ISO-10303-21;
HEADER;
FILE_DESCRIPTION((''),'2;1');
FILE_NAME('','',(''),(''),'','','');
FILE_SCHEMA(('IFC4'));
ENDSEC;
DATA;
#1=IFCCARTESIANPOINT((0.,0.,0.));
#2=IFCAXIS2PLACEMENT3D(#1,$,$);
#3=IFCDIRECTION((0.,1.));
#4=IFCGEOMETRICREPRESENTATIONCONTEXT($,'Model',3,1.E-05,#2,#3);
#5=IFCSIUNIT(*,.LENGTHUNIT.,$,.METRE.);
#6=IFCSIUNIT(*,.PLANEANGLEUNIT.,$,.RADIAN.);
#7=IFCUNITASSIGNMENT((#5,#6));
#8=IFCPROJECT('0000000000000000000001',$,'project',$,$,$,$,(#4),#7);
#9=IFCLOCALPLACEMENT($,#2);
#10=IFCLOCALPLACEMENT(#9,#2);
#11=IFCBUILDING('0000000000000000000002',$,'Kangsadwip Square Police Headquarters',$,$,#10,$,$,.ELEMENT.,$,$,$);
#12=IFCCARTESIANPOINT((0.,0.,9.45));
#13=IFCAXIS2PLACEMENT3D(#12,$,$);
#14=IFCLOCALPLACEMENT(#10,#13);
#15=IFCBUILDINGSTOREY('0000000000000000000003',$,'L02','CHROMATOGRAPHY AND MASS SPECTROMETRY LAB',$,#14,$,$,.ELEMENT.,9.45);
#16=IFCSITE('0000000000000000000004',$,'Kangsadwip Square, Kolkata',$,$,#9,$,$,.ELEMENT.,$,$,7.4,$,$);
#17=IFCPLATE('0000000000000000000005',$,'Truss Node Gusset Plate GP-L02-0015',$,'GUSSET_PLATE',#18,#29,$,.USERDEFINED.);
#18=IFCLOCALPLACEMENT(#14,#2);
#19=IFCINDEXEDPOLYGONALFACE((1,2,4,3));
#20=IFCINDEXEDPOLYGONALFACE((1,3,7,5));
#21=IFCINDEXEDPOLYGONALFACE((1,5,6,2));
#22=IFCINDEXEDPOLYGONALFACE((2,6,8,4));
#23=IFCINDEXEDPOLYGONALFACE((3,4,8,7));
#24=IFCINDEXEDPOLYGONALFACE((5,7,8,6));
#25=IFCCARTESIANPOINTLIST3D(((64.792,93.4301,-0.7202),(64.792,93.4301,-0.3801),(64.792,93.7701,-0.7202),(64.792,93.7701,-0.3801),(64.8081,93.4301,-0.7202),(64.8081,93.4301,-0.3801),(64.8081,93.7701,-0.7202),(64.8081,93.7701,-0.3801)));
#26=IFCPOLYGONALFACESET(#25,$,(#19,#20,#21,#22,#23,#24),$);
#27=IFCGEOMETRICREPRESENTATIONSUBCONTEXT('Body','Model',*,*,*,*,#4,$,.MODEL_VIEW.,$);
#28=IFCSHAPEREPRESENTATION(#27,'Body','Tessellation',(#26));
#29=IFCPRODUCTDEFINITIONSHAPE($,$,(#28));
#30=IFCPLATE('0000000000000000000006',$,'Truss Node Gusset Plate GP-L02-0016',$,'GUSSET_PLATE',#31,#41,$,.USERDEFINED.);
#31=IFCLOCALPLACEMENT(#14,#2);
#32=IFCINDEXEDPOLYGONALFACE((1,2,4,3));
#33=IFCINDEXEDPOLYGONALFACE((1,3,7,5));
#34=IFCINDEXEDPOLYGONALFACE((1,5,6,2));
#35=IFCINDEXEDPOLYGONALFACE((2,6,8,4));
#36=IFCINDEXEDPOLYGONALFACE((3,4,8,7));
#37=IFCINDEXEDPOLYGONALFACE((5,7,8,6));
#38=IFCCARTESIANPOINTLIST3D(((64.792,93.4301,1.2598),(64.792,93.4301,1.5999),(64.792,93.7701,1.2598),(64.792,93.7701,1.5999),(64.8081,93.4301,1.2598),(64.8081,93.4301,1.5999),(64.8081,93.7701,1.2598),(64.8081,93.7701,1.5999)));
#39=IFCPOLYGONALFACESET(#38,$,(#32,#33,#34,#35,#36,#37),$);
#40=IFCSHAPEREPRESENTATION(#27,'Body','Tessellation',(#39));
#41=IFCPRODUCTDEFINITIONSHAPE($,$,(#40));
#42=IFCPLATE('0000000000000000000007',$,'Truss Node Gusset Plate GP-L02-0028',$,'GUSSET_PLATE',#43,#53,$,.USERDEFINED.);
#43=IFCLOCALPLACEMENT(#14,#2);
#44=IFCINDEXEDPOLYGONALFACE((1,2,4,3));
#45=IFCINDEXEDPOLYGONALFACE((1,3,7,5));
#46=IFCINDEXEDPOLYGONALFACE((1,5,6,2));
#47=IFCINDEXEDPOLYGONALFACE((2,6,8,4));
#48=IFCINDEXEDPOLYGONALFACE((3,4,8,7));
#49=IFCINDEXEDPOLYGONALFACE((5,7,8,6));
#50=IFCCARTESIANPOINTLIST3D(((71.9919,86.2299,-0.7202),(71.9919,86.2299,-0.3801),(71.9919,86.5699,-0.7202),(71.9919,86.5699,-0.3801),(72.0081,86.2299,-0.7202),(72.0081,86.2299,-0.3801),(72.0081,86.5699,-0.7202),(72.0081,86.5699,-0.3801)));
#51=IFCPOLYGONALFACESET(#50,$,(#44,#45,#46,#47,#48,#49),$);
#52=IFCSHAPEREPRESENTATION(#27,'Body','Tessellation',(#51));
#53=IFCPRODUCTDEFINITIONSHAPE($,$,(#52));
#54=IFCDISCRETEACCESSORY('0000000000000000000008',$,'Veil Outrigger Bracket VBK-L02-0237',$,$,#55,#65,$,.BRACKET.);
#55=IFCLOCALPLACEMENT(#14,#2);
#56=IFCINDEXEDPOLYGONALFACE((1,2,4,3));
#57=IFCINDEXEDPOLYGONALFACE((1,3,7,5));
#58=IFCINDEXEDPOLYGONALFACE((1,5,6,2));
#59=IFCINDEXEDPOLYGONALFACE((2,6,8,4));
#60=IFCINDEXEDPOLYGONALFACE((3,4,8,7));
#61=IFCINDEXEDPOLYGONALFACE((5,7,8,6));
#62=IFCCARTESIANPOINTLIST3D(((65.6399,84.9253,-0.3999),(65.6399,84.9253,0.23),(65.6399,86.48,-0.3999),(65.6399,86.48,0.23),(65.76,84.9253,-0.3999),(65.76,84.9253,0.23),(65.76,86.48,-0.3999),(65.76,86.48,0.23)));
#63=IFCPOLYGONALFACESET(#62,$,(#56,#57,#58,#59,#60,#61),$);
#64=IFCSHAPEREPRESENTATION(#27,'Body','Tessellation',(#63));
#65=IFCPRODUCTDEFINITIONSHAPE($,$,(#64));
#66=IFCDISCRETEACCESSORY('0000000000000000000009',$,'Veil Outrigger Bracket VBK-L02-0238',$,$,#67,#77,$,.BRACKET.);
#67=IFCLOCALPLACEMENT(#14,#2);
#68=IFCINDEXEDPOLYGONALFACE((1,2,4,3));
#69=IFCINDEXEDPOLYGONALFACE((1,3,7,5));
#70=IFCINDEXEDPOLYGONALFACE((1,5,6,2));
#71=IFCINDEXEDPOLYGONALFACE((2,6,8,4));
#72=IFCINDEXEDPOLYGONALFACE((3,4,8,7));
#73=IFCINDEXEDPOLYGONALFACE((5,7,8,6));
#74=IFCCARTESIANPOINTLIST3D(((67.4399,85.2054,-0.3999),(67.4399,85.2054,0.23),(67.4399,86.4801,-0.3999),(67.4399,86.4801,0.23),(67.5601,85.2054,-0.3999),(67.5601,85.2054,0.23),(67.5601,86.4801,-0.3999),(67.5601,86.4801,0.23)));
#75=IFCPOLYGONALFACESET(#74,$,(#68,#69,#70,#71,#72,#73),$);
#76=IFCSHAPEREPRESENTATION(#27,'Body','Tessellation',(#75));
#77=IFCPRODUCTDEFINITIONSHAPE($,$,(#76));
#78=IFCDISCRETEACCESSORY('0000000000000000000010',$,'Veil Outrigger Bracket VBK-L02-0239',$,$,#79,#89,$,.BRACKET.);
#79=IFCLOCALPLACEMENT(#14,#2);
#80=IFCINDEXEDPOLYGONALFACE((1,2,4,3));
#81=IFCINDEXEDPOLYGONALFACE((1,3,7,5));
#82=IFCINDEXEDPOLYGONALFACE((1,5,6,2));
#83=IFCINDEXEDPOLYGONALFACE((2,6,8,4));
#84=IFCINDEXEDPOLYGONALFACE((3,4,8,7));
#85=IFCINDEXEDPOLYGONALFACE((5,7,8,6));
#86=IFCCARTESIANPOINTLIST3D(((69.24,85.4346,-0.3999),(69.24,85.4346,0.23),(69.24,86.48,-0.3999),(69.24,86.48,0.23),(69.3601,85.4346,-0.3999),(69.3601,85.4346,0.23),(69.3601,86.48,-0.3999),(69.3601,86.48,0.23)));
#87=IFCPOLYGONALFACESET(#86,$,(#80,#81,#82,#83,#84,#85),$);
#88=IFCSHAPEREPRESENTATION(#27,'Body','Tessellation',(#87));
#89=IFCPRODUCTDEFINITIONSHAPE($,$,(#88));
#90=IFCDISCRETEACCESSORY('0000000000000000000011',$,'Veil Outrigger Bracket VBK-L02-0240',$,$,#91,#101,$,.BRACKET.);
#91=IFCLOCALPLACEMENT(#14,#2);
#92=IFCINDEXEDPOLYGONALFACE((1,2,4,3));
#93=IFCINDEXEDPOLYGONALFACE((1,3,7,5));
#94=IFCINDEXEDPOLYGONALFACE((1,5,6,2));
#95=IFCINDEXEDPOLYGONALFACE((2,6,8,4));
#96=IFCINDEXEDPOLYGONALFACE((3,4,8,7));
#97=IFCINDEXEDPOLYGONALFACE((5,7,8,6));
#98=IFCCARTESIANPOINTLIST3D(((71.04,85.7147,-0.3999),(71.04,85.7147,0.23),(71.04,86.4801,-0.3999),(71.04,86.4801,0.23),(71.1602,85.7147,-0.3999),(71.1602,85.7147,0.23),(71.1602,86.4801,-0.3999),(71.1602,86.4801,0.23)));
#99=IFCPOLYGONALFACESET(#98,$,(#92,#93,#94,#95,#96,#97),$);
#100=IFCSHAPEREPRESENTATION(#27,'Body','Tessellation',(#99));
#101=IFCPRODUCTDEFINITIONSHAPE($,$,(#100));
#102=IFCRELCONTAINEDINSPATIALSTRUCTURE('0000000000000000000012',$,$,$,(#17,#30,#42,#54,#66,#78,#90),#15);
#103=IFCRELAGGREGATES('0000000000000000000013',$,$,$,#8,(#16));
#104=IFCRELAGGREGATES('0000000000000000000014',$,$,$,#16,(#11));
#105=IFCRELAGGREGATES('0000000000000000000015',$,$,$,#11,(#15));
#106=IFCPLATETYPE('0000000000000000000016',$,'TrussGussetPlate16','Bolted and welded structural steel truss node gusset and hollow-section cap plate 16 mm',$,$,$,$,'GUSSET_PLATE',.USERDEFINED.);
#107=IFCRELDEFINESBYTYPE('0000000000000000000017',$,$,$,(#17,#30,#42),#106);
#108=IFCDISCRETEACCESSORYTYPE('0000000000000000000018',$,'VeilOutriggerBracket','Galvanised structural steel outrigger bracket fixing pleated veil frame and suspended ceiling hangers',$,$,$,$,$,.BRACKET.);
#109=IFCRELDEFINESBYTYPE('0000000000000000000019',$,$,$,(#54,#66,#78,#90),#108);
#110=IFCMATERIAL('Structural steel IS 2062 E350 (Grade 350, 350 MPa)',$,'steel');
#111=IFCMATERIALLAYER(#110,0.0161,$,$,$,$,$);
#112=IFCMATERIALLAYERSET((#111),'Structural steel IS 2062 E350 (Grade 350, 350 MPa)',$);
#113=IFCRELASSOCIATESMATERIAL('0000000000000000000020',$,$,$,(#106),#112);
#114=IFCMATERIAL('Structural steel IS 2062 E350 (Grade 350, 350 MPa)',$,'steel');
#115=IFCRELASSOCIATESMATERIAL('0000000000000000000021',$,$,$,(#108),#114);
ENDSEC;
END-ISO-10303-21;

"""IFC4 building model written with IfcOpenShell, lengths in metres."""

from ifc_helpers import new_model, si_unit, direction, frame, origin, origin_2d, place, context, subcontext, project, spatial, rectangle, extrude, material, layer, layer_set, type_object, element, save


model = new_model("IFC4")

# Units and contexts
model_context = context("Model", 3, precision=1e-05, world=origin(), true_north=direction((0.0, 1.0)))
body_context = subcontext(model_context, "Body", "Model", "MODEL_VIEW")
ifc_project = project(units=[si_unit("LENGTHUNIT", "METRE"), si_unit("PLANEANGLEUNIT", "RADIAN")], contexts=[model_context])

# Site, building, storey
site_placement = place(None, origin())
site = spatial("IfcSite", under=ifc_project, at=site_placement, Name="Kangsadwip Square, Kolkata", CompositionType="ELEMENT", RefElevation=7.4)
building_placement = place(site_placement, origin())
building = spatial("IfcBuilding", under=site, at=building_placement, Name="Kangsadwip Square Police Headquarters", CompositionType="ELEMENT")
storey_placement = place(building_placement, frame((0.0, 0.0, 9.45)))
storey = spatial("IfcBuildingStorey", under=building, at=storey_placement, Name="L02", Description="CHROMATOGRAPHY AND MASS SPECTROMETRY LAB", CompositionType="ELEMENT", Elevation=9.45)

# Plates
ifc_material_1 = material(Name="Structural steel IS 2062 E350 (Grade 350, 350 MPa)", Category="steel")
ifc_layer_1 = layer(ifc_material_1, 0.0161)
ifc_layer_set_1 = layer_set([ifc_layer_1], Name="Structural steel IS 2062 E350 (Grade 350, 350 MPa)")
plate_type_1 = type_object("IfcPlateType", Name="TrussGussetPlate16", Description="Bolted and welded structural steel truss node gusset and hollow-section cap plate 16 mm", ElementType="GUSSET_PLATE", PredefinedType="USERDEFINED", material=ifc_layer_set_1)
for number, where, z_axis, x_axis, name in (
    (1, (64.8, 93.6001, -0.7202), (0.0, 0.0, 1.0), (0.0, 1.0, 0.0), "Truss Node Gusset Plate GP-L02-0015"),
    (2, (64.8, 93.6001, 1.2598), (0.0, 0.0, 1.0), (0.0, 1.0, 0.0), "Truss Node Gusset Plate GP-L02-0016"),
    (3, (72.0, 86.3999, -0.7202), (0.0, 0.0, 1.0), (0.0, 1.0, 0.0), "Truss Node Gusset Plate GP-L02-0028"),
):
    element("IfcPlate", number, at=place(storey_placement, frame(where, z_axis=z_axis, x_axis=x_axis)), inside=storey, type_object=plate_type_1, Name=name, ObjectType="GUSSET_PLATE", PredefinedType="USERDEFINED", context=body_context, shape_type="SweptSolid", body=[
        extrude(rectangle(XDim=0.3401, YDim=0.0161, at=origin_2d()), origin(), (0.0, 0.0, 1.0), 0.3401),
    ])

# Discrete accessories
ifc_material_2 = material(Name="Structural steel IS 2062 E350 (Grade 350, 350 MPa)", Category="steel")
discrete_accessory_type = type_object("IfcDiscreteAccessoryType", Name="VeilOutriggerBracket", Description="Galvanised structural steel outrigger bracket fixing pleated veil frame and suspended ceiling hangers", PredefinedType="BRACKET", material=ifc_material_2)
discrete_accessory_1_placement = place(storey_placement, frame((65.7, 85.7026, -0.3999), z_axis=(0.0, 0.0, 1.0), x_axis=(1.0, 0.0, 0.0)))
element("IfcDiscreteAccessory", 4, at=discrete_accessory_1_placement, inside=storey, type_object=discrete_accessory_type, Name="Veil Outrigger Bracket VBK-L02-0237", PredefinedType="BRACKET", context=body_context, shape_type="SweptSolid", body=[
    extrude(rectangle(XDim=0.1201, YDim=1.5547, at=origin_2d()), origin(), (0.0, 0.0, 1.0), 0.6299),
])
discrete_accessory_2_placement = place(storey_placement, frame((67.5, 85.8428, -0.3999), z_axis=(0.0, 0.0, 1.0), x_axis=(1.0, 0.0, 0.0)))
element("IfcDiscreteAccessory", 5, at=discrete_accessory_2_placement, inside=storey, type_object=discrete_accessory_type, Name="Veil Outrigger Bracket VBK-L02-0238", PredefinedType="BRACKET", context=body_context, shape_type="SweptSolid", body=[
    extrude(rectangle(XDim=0.1201, YDim=1.2747, at=origin_2d()), origin(), (0.0, 0.0, 1.0), 0.6299),
])
discrete_accessory_3_placement = place(storey_placement, frame((69.3, 85.9573, -0.3999), z_axis=(0.0, 0.0, 1.0), x_axis=(1.0, 0.0, 0.0)))
element("IfcDiscreteAccessory", 6, at=discrete_accessory_3_placement, inside=storey, type_object=discrete_accessory_type, Name="Veil Outrigger Bracket VBK-L02-0239", PredefinedType="BRACKET", context=body_context, shape_type="SweptSolid", body=[
    extrude(rectangle(XDim=0.1201, YDim=1.0454, at=origin_2d()), origin(), (0.0, 0.0, 1.0), 0.6299),
])
discrete_accessory_4_placement = place(storey_placement, frame((71.1001, 86.0974, -0.3999), z_axis=(0.0, 0.0, 1.0), x_axis=(1.0, 0.0, 0.0)))
element("IfcDiscreteAccessory", 7, at=discrete_accessory_4_placement, inside=storey, type_object=discrete_accessory_type, Name="Veil Outrigger Bracket VBK-L02-0240", PredefinedType="BRACKET", context=body_context, shape_type="SweptSolid", body=[
    extrude(rectangle(XDim=0.1201, YDim=0.7654, at=origin_2d()), origin(), (0.0, 0.0, 1.0), 0.6299),
])

save(model, "model.ifc")
